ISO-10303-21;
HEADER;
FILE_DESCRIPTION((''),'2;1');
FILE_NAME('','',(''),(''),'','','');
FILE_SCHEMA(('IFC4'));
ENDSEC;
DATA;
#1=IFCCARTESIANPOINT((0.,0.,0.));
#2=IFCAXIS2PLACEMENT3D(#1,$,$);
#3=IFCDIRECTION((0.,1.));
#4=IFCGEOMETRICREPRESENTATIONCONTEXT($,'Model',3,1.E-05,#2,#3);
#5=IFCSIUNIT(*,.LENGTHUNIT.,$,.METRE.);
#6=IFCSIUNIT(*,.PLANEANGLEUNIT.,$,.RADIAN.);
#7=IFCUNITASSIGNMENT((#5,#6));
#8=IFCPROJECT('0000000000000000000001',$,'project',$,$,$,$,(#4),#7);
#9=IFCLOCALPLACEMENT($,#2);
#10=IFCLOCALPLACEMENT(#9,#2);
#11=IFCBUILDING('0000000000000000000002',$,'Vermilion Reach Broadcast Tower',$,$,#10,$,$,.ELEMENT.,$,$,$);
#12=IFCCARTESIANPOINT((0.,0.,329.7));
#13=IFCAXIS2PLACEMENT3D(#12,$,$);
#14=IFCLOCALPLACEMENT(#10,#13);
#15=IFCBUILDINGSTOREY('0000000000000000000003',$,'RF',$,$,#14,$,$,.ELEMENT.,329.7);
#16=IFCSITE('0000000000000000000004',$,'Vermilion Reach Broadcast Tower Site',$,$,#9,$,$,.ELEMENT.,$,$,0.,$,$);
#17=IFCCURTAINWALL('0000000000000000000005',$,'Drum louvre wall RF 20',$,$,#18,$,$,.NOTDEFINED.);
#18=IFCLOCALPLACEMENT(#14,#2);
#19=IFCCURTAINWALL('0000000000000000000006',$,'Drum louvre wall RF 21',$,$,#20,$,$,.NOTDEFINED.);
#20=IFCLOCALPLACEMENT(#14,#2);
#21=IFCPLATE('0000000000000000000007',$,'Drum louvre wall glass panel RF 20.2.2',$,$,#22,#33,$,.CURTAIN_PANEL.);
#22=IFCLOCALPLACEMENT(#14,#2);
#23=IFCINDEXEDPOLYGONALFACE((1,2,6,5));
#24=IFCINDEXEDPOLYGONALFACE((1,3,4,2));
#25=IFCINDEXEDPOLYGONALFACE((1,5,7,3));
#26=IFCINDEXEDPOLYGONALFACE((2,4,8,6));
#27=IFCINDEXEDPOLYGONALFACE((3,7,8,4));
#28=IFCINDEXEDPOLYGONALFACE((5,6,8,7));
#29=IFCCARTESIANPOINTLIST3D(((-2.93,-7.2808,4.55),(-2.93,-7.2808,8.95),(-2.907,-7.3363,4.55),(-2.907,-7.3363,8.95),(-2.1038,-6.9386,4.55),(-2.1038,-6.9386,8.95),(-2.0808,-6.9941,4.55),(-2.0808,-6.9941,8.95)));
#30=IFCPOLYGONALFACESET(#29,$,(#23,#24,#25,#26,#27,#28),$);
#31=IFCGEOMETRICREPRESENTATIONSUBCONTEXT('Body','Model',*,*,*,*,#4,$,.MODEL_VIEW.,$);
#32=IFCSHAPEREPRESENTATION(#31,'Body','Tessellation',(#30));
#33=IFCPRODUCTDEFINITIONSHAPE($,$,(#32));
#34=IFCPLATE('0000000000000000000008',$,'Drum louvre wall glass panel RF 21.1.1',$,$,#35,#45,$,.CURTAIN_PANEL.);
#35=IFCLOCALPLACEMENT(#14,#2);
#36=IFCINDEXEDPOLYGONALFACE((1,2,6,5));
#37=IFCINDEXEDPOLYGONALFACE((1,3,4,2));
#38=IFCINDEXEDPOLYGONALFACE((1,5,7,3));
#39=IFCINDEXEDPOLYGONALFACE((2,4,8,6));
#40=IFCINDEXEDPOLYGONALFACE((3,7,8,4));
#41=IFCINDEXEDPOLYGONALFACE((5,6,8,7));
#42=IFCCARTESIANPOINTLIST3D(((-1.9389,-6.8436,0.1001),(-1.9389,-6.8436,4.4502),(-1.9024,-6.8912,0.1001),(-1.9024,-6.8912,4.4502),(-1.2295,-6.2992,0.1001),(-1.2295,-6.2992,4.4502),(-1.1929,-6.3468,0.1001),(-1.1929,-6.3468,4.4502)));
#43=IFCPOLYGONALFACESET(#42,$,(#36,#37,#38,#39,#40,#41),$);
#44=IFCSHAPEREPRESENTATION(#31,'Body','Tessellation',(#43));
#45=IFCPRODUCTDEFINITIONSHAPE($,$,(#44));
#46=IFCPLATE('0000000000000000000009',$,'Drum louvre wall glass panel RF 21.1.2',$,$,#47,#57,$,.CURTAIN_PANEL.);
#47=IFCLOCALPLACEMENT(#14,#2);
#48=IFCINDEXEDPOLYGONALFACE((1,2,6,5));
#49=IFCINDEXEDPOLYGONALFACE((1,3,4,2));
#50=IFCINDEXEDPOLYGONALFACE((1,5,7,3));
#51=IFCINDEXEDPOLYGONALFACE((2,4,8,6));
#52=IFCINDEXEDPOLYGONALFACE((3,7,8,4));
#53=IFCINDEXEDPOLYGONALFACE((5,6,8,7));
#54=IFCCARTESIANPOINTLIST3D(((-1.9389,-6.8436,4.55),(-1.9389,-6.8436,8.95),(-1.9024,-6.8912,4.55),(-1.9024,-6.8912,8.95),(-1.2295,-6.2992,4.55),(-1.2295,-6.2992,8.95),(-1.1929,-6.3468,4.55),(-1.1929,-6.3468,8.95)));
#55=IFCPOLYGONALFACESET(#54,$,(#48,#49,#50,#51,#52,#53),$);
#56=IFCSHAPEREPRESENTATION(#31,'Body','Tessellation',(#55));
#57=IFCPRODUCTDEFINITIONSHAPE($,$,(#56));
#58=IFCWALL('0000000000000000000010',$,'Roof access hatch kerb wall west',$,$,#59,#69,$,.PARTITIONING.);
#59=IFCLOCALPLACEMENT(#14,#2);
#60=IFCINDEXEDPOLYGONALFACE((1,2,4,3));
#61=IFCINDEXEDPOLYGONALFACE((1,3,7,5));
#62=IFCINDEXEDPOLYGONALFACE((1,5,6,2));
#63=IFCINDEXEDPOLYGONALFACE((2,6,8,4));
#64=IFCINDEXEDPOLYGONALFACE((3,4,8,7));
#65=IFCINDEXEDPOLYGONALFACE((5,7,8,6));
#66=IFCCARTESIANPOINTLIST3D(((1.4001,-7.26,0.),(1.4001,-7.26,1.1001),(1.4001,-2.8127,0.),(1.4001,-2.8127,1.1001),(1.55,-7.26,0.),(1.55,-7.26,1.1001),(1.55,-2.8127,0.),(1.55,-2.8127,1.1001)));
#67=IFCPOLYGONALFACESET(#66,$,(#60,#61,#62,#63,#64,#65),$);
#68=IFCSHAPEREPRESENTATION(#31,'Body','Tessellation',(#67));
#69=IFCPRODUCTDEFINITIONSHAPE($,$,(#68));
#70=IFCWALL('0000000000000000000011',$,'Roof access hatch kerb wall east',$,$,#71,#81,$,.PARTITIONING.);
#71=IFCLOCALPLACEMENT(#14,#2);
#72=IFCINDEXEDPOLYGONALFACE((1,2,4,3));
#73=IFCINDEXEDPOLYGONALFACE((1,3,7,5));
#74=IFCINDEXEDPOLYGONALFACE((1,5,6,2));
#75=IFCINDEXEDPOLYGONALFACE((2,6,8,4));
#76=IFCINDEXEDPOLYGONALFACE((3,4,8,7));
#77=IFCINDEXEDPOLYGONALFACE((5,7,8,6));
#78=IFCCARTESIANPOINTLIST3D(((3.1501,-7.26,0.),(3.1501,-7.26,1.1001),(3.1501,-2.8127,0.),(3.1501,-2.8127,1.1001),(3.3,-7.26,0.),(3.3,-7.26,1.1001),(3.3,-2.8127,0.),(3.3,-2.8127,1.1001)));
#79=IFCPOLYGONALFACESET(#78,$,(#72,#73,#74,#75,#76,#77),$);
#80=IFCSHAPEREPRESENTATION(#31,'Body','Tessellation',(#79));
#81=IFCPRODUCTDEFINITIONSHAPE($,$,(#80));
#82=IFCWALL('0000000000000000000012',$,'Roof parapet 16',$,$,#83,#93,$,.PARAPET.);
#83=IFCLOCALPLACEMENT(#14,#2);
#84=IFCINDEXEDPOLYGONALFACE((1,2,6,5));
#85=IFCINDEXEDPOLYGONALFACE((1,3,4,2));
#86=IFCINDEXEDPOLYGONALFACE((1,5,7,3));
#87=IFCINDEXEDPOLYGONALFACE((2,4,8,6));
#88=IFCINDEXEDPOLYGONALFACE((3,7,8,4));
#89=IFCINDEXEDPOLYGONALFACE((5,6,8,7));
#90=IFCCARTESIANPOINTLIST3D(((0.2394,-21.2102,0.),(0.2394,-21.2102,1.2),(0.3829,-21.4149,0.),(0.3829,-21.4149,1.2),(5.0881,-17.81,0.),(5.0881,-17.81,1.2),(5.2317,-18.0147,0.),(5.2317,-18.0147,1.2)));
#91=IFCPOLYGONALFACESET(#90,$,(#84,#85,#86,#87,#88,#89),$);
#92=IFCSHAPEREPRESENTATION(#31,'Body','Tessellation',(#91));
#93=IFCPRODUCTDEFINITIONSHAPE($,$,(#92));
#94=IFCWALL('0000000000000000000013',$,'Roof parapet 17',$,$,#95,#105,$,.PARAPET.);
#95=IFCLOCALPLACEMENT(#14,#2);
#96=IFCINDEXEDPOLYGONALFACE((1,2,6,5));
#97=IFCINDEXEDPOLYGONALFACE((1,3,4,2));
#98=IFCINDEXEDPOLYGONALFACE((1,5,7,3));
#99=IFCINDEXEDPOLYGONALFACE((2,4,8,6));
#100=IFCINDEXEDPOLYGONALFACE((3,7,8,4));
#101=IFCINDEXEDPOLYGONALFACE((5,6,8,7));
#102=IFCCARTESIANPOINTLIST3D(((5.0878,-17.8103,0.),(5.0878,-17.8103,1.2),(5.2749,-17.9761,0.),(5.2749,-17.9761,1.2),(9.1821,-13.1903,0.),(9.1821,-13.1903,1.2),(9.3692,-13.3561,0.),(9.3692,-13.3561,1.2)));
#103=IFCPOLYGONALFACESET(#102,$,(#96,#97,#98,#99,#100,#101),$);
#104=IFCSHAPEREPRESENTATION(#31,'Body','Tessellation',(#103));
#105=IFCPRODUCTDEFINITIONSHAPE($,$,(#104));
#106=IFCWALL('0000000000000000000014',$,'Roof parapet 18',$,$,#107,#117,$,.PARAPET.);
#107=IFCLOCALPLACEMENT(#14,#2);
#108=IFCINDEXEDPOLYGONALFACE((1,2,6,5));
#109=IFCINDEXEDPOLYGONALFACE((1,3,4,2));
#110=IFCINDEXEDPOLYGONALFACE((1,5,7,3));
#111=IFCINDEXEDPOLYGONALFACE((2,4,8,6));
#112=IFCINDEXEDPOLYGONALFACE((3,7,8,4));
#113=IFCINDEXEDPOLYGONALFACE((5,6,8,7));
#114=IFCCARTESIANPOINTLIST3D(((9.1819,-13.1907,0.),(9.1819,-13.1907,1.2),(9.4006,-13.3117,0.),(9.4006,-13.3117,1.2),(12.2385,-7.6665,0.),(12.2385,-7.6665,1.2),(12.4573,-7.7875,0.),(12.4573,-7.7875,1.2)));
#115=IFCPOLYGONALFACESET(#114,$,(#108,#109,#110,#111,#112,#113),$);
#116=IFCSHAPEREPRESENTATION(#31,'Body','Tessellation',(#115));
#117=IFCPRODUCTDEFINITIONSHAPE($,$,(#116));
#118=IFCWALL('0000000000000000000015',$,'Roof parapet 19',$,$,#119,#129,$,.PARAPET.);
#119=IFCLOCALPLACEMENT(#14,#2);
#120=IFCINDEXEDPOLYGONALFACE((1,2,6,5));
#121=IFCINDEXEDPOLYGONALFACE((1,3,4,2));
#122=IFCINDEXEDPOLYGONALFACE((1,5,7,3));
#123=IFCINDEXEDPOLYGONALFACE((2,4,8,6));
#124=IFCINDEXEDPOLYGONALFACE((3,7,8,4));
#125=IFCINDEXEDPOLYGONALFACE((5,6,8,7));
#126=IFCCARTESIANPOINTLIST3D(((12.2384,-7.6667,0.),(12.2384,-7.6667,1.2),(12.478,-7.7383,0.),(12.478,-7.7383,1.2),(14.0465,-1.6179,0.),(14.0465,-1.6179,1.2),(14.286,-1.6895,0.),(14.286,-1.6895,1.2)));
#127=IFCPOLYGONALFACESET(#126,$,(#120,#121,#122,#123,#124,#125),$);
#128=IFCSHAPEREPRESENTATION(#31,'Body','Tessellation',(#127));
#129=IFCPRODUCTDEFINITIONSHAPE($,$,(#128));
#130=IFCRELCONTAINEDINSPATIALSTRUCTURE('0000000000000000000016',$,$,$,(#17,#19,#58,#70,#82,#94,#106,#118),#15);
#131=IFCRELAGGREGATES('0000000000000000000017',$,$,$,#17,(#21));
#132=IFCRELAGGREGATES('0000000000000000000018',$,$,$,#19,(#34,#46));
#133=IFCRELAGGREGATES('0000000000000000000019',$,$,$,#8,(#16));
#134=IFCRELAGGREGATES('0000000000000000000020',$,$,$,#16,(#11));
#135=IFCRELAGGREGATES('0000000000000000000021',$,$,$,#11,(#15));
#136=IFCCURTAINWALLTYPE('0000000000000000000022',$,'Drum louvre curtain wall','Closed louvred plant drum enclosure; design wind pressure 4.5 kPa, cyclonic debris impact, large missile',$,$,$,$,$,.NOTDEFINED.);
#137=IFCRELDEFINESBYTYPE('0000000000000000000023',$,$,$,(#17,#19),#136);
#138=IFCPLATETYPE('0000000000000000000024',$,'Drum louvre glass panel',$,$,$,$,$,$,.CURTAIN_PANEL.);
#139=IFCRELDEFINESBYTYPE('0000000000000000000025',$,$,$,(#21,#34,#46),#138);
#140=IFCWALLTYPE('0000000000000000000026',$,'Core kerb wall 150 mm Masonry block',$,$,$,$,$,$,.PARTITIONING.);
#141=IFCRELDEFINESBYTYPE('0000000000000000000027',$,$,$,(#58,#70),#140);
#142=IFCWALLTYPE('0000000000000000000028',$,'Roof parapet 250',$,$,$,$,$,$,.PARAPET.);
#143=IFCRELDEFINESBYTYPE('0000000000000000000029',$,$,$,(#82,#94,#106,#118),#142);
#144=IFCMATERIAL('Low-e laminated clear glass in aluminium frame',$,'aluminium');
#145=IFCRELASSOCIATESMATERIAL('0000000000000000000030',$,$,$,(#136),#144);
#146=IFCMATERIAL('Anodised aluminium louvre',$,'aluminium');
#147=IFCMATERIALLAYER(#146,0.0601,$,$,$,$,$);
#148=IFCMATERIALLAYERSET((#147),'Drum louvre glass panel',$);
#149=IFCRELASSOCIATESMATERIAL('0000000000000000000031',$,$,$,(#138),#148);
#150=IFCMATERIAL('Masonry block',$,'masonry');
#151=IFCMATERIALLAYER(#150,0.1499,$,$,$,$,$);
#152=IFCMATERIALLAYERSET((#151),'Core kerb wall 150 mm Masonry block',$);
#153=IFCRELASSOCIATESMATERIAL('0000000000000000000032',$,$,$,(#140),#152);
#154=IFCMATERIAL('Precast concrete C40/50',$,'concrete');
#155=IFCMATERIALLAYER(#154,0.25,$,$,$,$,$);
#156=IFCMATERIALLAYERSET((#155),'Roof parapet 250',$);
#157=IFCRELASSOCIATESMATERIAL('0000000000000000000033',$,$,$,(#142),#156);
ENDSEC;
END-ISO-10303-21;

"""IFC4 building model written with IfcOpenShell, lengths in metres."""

from ifc_helpers import new_model, si_unit, direction, frame, frame_2d, origin, origin_2d, place, context, subcontext, project, spatial, rectangle, extrude, material, layer, layer_set, type_object, element, aggregate, save


model = new_model("IFC4")

# Units and contexts
model_context = context("Model", 3, precision=1e-05, world=origin(), true_north=direction((0.0, 1.0)))
body_context = subcontext(model_context, "Body", "Model", "MODEL_VIEW")
ifc_project = project(units=[si_unit("LENGTHUNIT", "METRE"), si_unit("PLANEANGLEUNIT", "RADIAN")], contexts=[model_context])

# Site, building, storey
site_placement = place(None, origin())
site = spatial("IfcSite", under=ifc_project, at=site_placement, Name="Vermilion Reach Broadcast Tower Site", CompositionType="ELEMENT", RefElevation=0.0)
building_placement = place(site_placement, origin())
building = spatial("IfcBuilding", under=site, at=building_placement, Name="Vermilion Reach Broadcast Tower", CompositionType="ELEMENT")
storey_placement = place(building_placement, frame((0.0, 0.0, 329.7)))
storey = spatial("IfcBuildingStorey", under=building, at=storey_placement, Name="RF", CompositionType="ELEMENT", Elevation=329.7)

# Curtain walls
ifc_material_1 = material(Name="Low-e laminated clear glass in aluminium frame", Category="aluminium")
curtain_wall_type = type_object("IfcCurtainWallType", Name="Drum louvre curtain wall", Description="Closed louvred plant drum enclosure; design wind pressure 4.5 kPa, cyclonic debris impact, large missile", PredefinedType="NOTDEFINED", material=ifc_material_1)
placement = place(storey_placement, origin())
curtain_wall_1 = element("IfcCurtainWall", 1, at=placement, inside=storey, type_object=curtain_wall_type, Name="Drum louvre wall RF 20", PredefinedType="NOTDEFINED")
curtain_wall_2 = element("IfcCurtainWall", 2, at=placement, inside=storey, type_object=curtain_wall_type, Name="Drum louvre wall RF 21", PredefinedType="NOTDEFINED")

# Plates
ifc_material_2 = material(Name="Anodised aluminium louvre", Category="aluminium")
ifc_layer_1 = layer(ifc_material_2, 0.0601)
ifc_layer_set_1 = layer_set([ifc_layer_1], Name="Drum louvre glass panel")
plate_type = type_object("IfcPlateType", Name="Drum louvre glass panel", PredefinedType="CURTAIN_PANEL", material=ifc_layer_set_1)
plate_1_placement = place(storey_placement, frame((-2.5054, -7.1375, 4.55), z_axis=(0.0, 0.0, 1.0), x_axis=(0.92388, 0.382683, 0.0)))
plate_1 = element("IfcPlate", 3, at=plate_1_placement, type_object=plate_type, Name="Drum louvre wall glass panel RF 20.2.2", PredefinedType="CURTAIN_PANEL", context=body_context, shape_type="SweptSolid", body=[
    extrude(rectangle(XDim=0.8943, YDim=0.0601, at=origin_2d()), origin(), (0.0, 0.0, 1.0), 4.3999),
])
aggregate(curtain_wall_1, [plate_1])
plate_2_placement = place(storey_placement, frame((-1.5659, -6.5952, 0.1001), z_axis=(0.0, 0.0, 1.0), x_axis=(0.793353, 0.608761, 0.0)))
plate_2 = element("IfcPlate", 4, at=plate_2_placement, type_object=plate_type, Name="Drum louvre wall glass panel RF 21.1.1", PredefinedType="CURTAIN_PANEL", context=body_context, shape_type="SweptSolid", body=[
    extrude(rectangle(XDim=0.8943, YDim=0.0601, at=origin_2d()), origin(), (0.0, 0.0, 1.0), 4.3501),
])
plate_3_placement = place(storey_placement, frame((-1.5659, -6.5952, 4.55), z_axis=(0.0, 0.0, 1.0), x_axis=(0.793353, 0.608761, 0.0)))
plate_3 = element("IfcPlate", 5, at=plate_3_placement, type_object=plate_type, Name="Drum louvre wall glass panel RF 21.1.2", PredefinedType="CURTAIN_PANEL", context=body_context, shape_type="SweptSolid", body=[
    extrude(rectangle(XDim=0.8943, YDim=0.0601, at=origin_2d()), origin(), (0.0, 0.0, 1.0), 4.3999),
])
aggregate(curtain_wall_2, [plate_2, plate_3])

# Walls
ifc_material_3 = material(Name="Masonry block", Category="masonry")
ifc_layer_2 = layer(ifc_material_3, 0.1499)
ifc_layer_set_2 = layer_set([ifc_layer_2], Name="Core kerb wall 150 mm Masonry block")
wall_type_1 = type_object("IfcWallType", Name="Core kerb wall 150 mm Masonry block", PredefinedType="PARTITIONING", material=ifc_layer_set_2)
for number, where, z_axis, x_axis, name in (
    (6, (1.4751, -7.26, 0.0), (0.0, 0.0, 1.0), (0.0, 1.0, 0.0), "Roof access hatch kerb wall west"),
    (7, (3.2251, -7.26, 0.0), (0.0, 0.0, 1.0), (0.0, 1.0, 0.0), "Roof access hatch kerb wall east"),
):
    element("IfcWall", number, at=place(storey_placement, frame(where, z_axis=z_axis, x_axis=x_axis)), inside=storey, type_object=wall_type_1, Name=name, PredefinedType="PARTITIONING", context=body_context, shape_type="SweptSolid", body=[
        extrude(rectangle(XDim=4.4473, YDim=0.1499, at=frame_2d((2.2236, 0.0))), origin(), (0.0, 0.0, 1.0), 1.1001),
    ])
ifc_material_4 = material(Name="Precast concrete C40/50", Category="concrete")
ifc_layer_3 = layer(ifc_material_4, 0.25)
ifc_layer_set_3 = layer_set([ifc_layer_3], Name="Roof parapet 250")
wall_type_2 = type_object("IfcWallType", Name="Roof parapet 250", PredefinedType="PARAPET", material=ifc_layer_set_3)
wall_1_placement = place(storey_placement, frame((0.3113, -21.3125, 0.0), z_axis=(0.0, 0.0, 1.0), x_axis=(0.818747, 0.574154, 0.0)))
element("IfcWall", 8, at=wall_1_placement, inside=storey, type_object=wall_type_2, Name="Roof parapet 16", PredefinedType="PARAPET", context=body_context, shape_type="SweptSolid", body=[
    extrude(rectangle(XDim=5.9221, YDim=0.25, at=frame_2d((2.9609, 0.0))), origin(), (0.0, 0.0, 1.0), 1.2),
])
wall_2_placement = place(storey_placement, frame((5.1814, -17.8931, 0.0), z_axis=(0.0, 0.0, 1.0), x_axis=(0.663249, 0.748399, 0.0)))
element("IfcWall", 9, at=wall_2_placement, inside=storey, type_object=wall_type_2, Name="Roof parapet 17", PredefinedType="PARAPET", context=body_context, shape_type="SweptSolid", body=[
    extrude(rectangle(XDim=6.1731, YDim=0.25, at=frame_2d((3.0864, 0.0))), origin(), (0.0, 0.0, 1.0), 1.2),
])
wall_3_placement = place(storey_placement, frame((9.2913, -13.2512, 0.0), z_axis=(0.0, 0.0, 1.0), x_axis=(0.484148, 0.874986, 0.0)))
element("IfcWall", 10, at=wall_3_placement, inside=storey, type_object=wall_type_2, Name="Roof parapet 18", PredefinedType="PARAPET", context=body_context, shape_type="SweptSolid", body=[
    extrude(rectangle(XDim=6.3135, YDim=0.25, at=frame_2d((3.1567, 0.0))), origin(), (0.0, 0.0, 1.0), 1.2),
])
wall_4_placement = place(storey_placement, frame((12.3582, -7.7026, 0.0), z_axis=(0.0, 0.0, 1.0), x_axis=(0.286397, 0.958111, 0.0)))
element("IfcWall", 11, at=wall_4_placement, inside=storey, type_object=wall_type_2, Name="Roof parapet 19", PredefinedType="PARAPET", context=body_context, shape_type="SweptSolid", body=[
    extrude(rectangle(XDim=6.3132, YDim=0.25, at=frame_2d((3.1567, 0.0))), origin(), (0.0, 0.0, 1.0), 1.2),
])

save(model, "model.ifc")
